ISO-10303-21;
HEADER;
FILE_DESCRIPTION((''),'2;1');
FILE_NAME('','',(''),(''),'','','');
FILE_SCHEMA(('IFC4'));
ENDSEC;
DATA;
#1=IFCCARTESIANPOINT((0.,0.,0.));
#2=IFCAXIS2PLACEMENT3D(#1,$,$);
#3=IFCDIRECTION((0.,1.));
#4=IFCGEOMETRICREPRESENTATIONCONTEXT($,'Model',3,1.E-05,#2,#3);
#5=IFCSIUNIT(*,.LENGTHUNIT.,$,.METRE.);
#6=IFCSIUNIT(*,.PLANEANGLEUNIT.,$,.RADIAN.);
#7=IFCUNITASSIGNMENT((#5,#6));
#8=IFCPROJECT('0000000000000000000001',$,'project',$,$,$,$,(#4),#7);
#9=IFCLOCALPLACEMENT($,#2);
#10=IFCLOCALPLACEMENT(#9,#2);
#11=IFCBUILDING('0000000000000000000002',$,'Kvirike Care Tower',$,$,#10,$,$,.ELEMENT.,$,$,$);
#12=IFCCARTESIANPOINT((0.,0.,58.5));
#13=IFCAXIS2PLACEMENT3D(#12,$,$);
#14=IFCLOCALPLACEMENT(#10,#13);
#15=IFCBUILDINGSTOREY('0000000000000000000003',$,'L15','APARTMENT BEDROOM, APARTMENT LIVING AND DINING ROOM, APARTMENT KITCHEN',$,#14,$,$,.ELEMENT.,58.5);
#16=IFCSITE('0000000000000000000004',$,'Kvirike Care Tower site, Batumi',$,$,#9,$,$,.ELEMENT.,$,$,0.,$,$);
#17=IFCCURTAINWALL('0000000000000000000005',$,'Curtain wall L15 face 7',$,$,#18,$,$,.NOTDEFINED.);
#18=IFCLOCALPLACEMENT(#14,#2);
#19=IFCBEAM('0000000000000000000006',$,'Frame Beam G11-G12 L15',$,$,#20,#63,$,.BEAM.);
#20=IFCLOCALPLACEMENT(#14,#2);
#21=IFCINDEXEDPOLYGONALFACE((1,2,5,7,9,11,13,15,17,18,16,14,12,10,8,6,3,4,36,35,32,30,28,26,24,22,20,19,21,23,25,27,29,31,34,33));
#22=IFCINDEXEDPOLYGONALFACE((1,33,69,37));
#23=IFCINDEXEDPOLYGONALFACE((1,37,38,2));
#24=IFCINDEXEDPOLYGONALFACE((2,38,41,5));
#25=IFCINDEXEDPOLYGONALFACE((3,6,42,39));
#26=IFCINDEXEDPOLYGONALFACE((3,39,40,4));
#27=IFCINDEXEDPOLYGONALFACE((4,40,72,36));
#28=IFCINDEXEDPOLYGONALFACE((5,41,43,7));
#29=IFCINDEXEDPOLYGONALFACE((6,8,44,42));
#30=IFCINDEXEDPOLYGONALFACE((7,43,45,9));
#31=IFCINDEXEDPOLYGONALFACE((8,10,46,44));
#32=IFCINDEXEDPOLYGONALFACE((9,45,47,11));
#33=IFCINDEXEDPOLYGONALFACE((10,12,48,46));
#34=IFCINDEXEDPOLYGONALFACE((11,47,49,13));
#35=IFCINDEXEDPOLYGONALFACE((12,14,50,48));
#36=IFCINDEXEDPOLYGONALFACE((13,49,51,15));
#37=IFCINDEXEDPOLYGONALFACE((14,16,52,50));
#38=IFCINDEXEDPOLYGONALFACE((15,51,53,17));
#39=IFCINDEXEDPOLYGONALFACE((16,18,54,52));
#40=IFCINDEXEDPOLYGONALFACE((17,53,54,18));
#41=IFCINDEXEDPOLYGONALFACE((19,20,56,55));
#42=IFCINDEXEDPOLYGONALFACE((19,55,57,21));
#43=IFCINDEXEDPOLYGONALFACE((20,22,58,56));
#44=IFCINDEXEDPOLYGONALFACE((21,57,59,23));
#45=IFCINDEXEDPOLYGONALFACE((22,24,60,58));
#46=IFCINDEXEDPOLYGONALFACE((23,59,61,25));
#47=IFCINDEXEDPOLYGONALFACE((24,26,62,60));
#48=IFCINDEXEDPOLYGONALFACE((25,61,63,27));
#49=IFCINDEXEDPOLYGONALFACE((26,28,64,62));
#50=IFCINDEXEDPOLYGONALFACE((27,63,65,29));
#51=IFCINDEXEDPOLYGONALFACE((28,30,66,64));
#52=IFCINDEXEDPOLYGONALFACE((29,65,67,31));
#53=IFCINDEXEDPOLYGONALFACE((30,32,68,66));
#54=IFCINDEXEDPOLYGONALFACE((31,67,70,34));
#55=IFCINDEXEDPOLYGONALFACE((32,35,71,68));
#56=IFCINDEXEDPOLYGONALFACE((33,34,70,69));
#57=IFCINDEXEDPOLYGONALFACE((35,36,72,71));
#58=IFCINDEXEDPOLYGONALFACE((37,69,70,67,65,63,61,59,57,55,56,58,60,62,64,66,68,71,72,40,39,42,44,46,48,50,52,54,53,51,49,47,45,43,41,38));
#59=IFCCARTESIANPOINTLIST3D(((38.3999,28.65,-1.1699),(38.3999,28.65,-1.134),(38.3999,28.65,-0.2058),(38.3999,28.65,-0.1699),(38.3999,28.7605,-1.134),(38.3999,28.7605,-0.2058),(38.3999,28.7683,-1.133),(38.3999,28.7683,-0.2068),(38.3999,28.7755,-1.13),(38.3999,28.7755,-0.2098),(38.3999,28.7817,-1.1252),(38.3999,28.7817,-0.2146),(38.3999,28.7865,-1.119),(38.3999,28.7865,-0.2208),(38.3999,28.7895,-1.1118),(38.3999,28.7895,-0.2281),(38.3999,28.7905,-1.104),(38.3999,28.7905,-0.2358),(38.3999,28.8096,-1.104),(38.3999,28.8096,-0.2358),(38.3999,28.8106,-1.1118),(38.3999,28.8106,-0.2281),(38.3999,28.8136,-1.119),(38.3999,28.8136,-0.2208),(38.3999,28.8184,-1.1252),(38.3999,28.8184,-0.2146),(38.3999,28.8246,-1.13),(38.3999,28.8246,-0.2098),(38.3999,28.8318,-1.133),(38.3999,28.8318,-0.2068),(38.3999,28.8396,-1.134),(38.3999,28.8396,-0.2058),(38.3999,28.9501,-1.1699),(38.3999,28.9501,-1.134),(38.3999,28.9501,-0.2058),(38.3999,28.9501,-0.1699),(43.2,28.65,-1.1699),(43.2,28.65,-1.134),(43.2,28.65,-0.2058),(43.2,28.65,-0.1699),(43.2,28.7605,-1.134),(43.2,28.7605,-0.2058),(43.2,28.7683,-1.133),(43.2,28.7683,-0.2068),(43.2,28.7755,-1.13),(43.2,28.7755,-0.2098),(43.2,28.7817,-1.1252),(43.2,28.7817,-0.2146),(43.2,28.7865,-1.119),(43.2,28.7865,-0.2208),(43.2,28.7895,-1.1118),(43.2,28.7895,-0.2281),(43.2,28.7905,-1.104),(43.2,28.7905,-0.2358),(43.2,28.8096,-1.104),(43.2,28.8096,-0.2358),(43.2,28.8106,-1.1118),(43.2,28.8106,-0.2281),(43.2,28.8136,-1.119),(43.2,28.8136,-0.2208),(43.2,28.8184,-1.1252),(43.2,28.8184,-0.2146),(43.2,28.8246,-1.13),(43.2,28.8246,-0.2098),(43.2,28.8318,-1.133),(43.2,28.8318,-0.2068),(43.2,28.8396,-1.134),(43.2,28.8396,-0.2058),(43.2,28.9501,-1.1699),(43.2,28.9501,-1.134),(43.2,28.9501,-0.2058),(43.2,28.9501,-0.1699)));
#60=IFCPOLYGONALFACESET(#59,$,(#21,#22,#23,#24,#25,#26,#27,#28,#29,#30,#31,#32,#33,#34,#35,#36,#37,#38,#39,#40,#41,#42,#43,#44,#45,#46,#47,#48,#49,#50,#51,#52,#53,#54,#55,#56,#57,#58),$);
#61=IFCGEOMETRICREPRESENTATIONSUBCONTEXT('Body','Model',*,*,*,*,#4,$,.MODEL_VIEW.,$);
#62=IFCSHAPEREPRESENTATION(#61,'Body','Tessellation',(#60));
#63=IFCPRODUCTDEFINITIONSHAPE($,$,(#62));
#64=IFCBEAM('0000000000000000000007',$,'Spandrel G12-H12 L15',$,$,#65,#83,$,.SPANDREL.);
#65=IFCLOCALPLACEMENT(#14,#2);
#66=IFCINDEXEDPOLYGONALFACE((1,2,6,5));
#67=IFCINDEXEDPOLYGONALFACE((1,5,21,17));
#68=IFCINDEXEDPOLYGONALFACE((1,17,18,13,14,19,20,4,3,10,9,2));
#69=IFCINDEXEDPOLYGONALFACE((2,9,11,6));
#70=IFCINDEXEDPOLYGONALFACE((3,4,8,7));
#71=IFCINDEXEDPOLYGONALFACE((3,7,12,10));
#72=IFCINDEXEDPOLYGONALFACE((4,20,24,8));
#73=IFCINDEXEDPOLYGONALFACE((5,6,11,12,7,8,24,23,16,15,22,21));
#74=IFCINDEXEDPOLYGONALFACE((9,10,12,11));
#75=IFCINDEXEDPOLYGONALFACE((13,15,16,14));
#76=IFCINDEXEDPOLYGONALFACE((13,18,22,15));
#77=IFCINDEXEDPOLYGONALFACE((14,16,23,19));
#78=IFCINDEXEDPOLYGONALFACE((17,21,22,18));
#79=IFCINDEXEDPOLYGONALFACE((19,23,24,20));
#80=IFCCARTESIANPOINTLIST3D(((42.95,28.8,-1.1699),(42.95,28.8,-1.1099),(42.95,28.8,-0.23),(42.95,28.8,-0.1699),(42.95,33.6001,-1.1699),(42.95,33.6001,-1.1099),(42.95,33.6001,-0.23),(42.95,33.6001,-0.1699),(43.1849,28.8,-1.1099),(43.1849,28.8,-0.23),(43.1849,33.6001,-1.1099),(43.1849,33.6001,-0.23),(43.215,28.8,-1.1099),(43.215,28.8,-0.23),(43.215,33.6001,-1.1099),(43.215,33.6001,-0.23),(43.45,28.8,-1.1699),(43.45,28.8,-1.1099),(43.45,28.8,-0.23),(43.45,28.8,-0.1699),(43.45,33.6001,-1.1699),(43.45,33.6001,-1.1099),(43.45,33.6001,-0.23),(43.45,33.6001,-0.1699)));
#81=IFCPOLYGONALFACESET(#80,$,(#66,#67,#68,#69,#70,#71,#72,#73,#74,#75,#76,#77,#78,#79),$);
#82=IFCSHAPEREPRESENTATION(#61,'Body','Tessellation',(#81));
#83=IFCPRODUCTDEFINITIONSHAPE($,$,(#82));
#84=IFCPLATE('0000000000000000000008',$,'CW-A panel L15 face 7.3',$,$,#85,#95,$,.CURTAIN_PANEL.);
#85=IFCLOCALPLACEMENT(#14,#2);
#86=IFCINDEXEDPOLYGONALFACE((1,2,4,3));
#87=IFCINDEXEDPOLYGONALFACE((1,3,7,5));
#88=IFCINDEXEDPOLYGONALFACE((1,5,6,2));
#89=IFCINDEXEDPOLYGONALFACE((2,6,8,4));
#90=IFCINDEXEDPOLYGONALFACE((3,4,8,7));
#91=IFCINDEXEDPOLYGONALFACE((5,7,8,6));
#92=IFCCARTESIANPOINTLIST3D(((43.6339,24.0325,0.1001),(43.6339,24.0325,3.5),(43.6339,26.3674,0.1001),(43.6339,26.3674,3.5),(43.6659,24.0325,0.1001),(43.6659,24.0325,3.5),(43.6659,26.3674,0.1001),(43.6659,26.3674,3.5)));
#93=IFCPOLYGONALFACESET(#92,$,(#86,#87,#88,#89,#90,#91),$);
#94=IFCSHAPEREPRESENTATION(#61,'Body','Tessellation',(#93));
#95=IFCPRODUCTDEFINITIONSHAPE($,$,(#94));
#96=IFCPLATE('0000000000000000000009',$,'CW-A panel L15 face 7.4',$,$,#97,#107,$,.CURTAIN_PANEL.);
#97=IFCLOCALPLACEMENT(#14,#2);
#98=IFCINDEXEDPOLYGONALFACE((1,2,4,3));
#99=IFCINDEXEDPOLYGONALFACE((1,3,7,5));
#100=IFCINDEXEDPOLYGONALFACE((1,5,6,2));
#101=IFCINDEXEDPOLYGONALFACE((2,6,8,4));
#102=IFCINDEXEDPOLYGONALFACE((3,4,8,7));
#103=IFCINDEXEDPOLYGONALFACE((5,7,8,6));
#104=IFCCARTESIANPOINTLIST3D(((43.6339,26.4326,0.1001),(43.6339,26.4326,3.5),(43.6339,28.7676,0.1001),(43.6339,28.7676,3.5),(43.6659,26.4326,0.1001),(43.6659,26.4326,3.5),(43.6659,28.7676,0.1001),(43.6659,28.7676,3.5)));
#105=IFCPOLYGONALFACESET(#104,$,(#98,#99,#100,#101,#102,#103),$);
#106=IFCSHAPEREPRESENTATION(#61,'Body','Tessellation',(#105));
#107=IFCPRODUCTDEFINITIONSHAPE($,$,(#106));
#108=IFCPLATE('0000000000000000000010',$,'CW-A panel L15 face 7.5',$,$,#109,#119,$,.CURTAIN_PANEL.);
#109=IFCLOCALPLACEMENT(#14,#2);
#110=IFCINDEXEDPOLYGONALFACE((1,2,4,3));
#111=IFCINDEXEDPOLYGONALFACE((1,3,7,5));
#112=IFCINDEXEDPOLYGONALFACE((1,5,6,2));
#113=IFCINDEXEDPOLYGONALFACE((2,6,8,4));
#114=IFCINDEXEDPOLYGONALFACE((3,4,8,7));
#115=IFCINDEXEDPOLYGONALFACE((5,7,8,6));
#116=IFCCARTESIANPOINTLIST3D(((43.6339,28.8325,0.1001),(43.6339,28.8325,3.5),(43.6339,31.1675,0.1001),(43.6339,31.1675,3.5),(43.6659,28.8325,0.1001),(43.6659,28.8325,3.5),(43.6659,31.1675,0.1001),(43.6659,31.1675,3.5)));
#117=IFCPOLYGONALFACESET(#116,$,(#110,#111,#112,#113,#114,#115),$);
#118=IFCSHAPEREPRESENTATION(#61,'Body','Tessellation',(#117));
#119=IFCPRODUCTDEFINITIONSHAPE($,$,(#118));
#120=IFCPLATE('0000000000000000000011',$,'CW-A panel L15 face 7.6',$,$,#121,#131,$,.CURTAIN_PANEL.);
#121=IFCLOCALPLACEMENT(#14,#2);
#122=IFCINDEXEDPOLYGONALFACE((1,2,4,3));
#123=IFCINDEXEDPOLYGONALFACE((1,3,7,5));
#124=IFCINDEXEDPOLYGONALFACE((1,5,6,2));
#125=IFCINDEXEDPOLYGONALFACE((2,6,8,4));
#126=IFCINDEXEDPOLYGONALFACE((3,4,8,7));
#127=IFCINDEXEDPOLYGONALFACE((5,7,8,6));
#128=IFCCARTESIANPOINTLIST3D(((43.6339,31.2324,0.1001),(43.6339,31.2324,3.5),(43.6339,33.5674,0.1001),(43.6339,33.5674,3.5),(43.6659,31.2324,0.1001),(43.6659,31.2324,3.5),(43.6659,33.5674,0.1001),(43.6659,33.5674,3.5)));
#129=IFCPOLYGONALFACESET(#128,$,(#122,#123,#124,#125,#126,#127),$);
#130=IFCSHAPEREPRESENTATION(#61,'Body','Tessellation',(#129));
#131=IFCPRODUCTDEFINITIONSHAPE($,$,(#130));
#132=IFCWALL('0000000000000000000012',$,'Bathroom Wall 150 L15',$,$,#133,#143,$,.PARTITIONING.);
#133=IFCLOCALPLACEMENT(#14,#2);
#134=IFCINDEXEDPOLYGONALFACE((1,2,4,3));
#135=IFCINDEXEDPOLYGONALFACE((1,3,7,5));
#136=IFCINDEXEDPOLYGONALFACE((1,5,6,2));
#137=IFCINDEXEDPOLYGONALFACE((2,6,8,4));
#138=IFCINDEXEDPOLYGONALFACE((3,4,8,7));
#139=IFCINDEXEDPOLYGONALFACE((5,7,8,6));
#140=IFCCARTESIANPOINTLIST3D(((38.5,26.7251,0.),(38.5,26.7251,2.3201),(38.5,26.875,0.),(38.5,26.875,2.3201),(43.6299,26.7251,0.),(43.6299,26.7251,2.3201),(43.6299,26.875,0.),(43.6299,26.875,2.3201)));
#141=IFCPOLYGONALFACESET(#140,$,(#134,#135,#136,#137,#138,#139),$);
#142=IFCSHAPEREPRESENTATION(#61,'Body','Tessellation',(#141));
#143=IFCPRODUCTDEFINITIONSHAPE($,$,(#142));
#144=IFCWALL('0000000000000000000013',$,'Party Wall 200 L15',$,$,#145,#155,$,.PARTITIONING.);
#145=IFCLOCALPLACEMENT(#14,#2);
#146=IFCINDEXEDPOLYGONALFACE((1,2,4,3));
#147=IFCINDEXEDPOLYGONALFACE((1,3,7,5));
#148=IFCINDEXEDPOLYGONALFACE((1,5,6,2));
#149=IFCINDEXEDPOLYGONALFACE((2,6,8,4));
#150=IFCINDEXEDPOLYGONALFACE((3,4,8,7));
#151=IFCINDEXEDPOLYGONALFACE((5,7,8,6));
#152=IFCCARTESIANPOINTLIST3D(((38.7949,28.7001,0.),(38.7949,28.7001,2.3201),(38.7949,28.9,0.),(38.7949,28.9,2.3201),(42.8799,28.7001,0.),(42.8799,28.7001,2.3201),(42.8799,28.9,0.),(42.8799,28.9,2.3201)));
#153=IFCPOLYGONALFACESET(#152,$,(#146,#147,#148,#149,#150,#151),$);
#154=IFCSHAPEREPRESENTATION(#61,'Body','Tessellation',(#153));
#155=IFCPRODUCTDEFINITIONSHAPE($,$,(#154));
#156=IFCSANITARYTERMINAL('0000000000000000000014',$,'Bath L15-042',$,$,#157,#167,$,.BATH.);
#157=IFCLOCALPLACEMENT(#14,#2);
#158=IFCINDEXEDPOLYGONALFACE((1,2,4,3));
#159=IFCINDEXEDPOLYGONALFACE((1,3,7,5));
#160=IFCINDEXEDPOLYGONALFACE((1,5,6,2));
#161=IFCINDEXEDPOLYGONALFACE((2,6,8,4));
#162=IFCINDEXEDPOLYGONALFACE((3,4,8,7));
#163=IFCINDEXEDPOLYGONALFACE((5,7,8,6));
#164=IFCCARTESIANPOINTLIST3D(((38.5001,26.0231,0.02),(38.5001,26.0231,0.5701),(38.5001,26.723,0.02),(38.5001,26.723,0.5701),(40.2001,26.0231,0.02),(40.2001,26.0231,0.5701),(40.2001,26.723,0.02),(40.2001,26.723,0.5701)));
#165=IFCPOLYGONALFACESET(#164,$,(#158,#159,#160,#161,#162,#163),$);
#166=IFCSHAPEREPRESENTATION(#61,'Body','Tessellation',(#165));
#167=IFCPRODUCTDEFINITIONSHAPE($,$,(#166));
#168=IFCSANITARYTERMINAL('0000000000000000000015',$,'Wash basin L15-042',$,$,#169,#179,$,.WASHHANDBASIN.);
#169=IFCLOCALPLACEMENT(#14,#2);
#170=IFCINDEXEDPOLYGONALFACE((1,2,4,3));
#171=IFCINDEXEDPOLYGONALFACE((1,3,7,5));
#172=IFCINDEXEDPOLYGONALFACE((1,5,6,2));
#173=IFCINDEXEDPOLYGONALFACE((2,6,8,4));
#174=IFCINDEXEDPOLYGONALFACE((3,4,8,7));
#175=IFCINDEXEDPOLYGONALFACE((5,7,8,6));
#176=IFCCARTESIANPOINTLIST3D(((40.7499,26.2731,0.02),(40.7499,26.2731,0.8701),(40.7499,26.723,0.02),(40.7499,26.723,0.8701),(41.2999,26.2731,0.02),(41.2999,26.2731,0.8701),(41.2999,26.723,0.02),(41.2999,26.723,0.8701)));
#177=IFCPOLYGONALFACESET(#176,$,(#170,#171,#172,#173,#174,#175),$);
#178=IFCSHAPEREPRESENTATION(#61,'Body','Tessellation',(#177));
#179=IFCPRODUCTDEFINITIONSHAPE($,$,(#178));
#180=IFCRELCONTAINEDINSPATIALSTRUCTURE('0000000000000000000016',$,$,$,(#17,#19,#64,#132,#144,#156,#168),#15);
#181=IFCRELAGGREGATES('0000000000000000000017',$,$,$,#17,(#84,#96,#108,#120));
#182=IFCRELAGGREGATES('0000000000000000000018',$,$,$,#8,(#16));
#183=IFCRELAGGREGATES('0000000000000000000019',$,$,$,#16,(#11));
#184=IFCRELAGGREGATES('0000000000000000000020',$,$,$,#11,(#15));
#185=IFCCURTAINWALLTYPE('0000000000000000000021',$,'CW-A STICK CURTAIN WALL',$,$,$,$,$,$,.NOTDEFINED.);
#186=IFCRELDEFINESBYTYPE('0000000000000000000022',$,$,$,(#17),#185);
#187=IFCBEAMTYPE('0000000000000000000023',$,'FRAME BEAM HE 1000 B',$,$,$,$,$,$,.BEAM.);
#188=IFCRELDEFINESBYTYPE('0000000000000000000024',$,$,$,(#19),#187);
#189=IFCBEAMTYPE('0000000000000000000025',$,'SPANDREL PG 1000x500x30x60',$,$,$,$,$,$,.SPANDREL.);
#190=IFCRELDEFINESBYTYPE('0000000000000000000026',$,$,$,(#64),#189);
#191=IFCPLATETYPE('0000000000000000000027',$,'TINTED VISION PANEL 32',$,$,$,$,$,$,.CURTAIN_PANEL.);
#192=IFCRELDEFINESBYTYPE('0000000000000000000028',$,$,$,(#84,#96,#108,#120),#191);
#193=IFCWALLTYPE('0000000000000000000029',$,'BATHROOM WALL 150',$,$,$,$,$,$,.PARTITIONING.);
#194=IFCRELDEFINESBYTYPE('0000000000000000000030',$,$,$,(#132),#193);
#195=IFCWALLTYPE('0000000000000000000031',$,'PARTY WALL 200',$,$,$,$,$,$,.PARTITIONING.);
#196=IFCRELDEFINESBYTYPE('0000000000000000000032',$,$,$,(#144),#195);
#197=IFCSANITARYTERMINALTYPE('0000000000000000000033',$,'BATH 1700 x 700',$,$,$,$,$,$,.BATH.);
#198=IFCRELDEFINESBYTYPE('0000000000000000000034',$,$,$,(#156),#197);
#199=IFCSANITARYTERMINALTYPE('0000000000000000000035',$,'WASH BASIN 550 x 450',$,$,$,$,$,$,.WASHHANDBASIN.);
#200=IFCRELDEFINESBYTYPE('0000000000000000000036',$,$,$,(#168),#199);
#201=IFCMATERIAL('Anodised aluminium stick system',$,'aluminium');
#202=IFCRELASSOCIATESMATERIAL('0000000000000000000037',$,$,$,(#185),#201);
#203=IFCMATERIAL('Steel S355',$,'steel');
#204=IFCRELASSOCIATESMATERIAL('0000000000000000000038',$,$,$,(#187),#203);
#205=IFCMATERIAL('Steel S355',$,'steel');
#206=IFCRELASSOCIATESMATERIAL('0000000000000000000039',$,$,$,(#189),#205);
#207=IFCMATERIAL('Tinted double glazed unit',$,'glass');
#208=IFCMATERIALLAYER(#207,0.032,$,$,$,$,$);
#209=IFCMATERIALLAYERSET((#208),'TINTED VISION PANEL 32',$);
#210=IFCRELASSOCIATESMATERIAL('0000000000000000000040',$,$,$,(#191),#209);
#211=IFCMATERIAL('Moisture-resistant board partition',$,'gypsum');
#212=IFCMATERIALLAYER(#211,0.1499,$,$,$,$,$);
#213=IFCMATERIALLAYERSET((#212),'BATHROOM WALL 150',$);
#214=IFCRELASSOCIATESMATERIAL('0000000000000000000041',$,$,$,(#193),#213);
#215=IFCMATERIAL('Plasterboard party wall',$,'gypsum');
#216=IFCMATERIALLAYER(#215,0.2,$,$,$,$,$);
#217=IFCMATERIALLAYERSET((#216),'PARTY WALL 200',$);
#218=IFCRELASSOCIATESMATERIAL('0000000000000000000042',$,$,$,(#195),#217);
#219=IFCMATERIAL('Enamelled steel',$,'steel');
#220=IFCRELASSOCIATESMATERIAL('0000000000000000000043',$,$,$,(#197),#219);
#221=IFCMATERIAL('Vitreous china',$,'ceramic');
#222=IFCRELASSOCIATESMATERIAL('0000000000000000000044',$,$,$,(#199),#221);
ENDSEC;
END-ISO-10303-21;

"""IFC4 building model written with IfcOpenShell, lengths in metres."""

from ifc_helpers import new_model, si_unit, direction, frame, frame_2d, origin, origin_2d, place, context, subcontext, project, spatial, rectangle, i_section, extrude, material, layer, layer_set, material_profile, profile_set, type_object, element, aggregate, save


model = new_model("IFC4")

# Units and contexts
model_context = context("Model", 3, precision=1e-05, world=origin(), true_north=direction((0.0, 1.0)))
body_context = subcontext(model_context, "Body", "Model", "MODEL_VIEW")
ifc_project = project(units=[si_unit("LENGTHUNIT", "METRE"), si_unit("PLANEANGLEUNIT", "RADIAN")], contexts=[model_context])

# Site, building, storey
site_placement = place(None, origin())
site = spatial("IfcSite", under=ifc_project, at=site_placement, Name="Kvirike Care Tower site, Batumi", CompositionType="ELEMENT", RefElevation=0.0)
building_placement = place(site_placement, origin())
building = spatial("IfcBuilding", under=site, at=building_placement, Name="Kvirike Care Tower", CompositionType="ELEMENT")
storey_placement = place(building_placement, frame((0.0, 0.0, 58.5)))
storey = spatial("IfcBuildingStorey", under=building, at=storey_placement, Name="L15", Description="APARTMENT BEDROOM, APARTMENT LIVING AND DINING ROOM, APARTMENT KITCHEN", CompositionType="ELEMENT", Elevation=58.5)

# Curtain wall
ifc_material_1 = material(Name="Anodised aluminium stick system", Category="aluminium")
curtain_wall_type = type_object("IfcCurtainWallType", Name="CW-A STICK CURTAIN WALL", PredefinedType="NOTDEFINED", material=ifc_material_1)
curtain_wall_placement = place(storey_placement, origin())
curtain_wall = element("IfcCurtainWall", 1, at=curtain_wall_placement, inside=storey, type_object=curtain_wall_type, Name="Curtain wall L15 face 7", PredefinedType="NOTDEFINED")

# Beams
ifc_material_2 = material(Name="Steel S355", Category="steel")
ifc_material_profile_1 = material_profile(ifc_material_2, i_section(OverallWidth=0.3, OverallDepth=1.0, WebThickness=0.019, FlangeThickness=0.0359, FilletRadius=0.03, at=origin_2d()), Name="HE 1000 B")
ifc_profile_set_1 = profile_set([ifc_material_profile_1], Name="Steel S355")
beam_type_1 = type_object("IfcBeamType", Name="FRAME BEAM HE 1000 B", PredefinedType="BEAM", material=ifc_profile_set_1)
beam_1_placement = place(storey_placement, frame((38.3999, 28.8, -0.6699), z_axis=(1.0, 0.0, 0.0), x_axis=(0.0, 1.0, 0.0)))
element("IfcBeam", 2, at=beam_1_placement, inside=storey, type_object=beam_type_1, Name="Frame Beam G11-G12 L15", PredefinedType="BEAM", context=body_context, shape_type="SweptSolid", body=[
    extrude(i_section(OverallWidth=0.3, OverallDepth=1.0, WebThickness=0.019, FlangeThickness=0.0359, FilletRadius=0.03, at=origin_2d()), origin(), (0.0, 0.0, 1.0), 4.8),
])
ifc_material_3 = material(Name="Steel S355", Category="steel")
ifc_material_profile_2 = material_profile(ifc_material_3, i_section(OverallWidth=0.5, OverallDepth=1.0, WebThickness=0.03, FlangeThickness=0.0601, at=origin_2d()), Name="PG 1000x500x30x60")
ifc_profile_set_2 = profile_set([ifc_material_profile_2], Name="Steel S355")
beam_type_2 = type_object("IfcBeamType", Name="SPANDREL PG 1000x500x30x60", PredefinedType="SPANDREL", material=ifc_profile_set_2)
beam_2_placement = place(storey_placement, frame((43.2, 28.8, -0.6699), z_axis=(0.0, 1.0, 0.0), x_axis=(-1.0, 0.0, 0.0)))
element("IfcBeam", 3, at=beam_2_placement, inside=storey, type_object=beam_type_2, Name="Spandrel G12-H12 L15", PredefinedType="SPANDREL", context=body_context, shape_type="SweptSolid", body=[
    extrude(i_section(OverallWidth=0.5, OverallDepth=1.0, WebThickness=0.03, FlangeThickness=0.0601, at=origin_2d()), origin(), (0.0, 0.0, 1.0), 4.8),
])

# Plates
ifc_material_4 = material(Name="Tinted double glazed unit", Category="glass")
ifc_layer_1 = layer(ifc_material_4, 0.032)
ifc_layer_set_1 = layer_set([ifc_layer_1], Name="TINTED VISION PANEL 32")
plate_type = type_object("IfcPlateType", Name="TINTED VISION PANEL 32", PredefinedType="CURTAIN_PANEL", material=ifc_layer_set_1)
plate_1_placement = place(storey_placement, frame((43.6499, 25.2, 0.1001), z_axis=(0.0, 0.0, 1.0), x_axis=(0.0, 1.0, 0.0)))
plate_1 = element("IfcPlate", 4, at=plate_1_placement, type_object=plate_type, Name="CW-A panel L15 face 7.3", PredefinedType="CURTAIN_PANEL", context=body_context, shape_type="SweptSolid", body=[
    extrude(rectangle(XDim=2.335, YDim=0.032, at=origin_2d()), origin(), (0.0, 0.0, 1.0), 3.3999),
])
plate_2_placement = place(storey_placement, frame((43.6499, 27.6001, 0.1001), z_axis=(0.0, 0.0, 1.0), x_axis=(0.0, 1.0, 0.0)))
plate_2 = element("IfcPlate", 5, at=plate_2_placement, type_object=plate_type, Name="CW-A panel L15 face 7.4", PredefinedType="CURTAIN_PANEL", context=body_context, shape_type="SweptSolid", body=[
    extrude(rectangle(XDim=2.335, YDim=0.032, at=origin_2d()), origin(), (0.0, 0.0, 1.0), 3.3999),
])
plate_3_placement = place(storey_placement, frame((43.6499, 30.0, 0.1001), z_axis=(0.0, 0.0, 1.0), x_axis=(0.0, 1.0, 0.0)))
plate_3 = element("IfcPlate", 6, at=plate_3_placement, type_object=plate_type, Name="CW-A panel L15 face 7.5", PredefinedType="CURTAIN_PANEL", context=body_context, shape_type="SweptSolid", body=[
    extrude(rectangle(XDim=2.335, YDim=0.032, at=origin_2d()), origin(), (0.0, 0.0, 1.0), 3.3999),
])
plate_4_placement = place(storey_placement, frame((43.6499, 32.3999, 0.1001), z_axis=(0.0, 0.0, 1.0), x_axis=(0.0, 1.0, 0.0)))
plate_4 = element("IfcPlate", 7, at=plate_4_placement, type_object=plate_type, Name="CW-A panel L15 face 7.6", PredefinedType="CURTAIN_PANEL", context=body_context, shape_type="SweptSolid", body=[
    extrude(rectangle(XDim=2.335, YDim=0.032, at=origin_2d()), origin(), (0.0, 0.0, 1.0), 3.3999),
])
aggregate(curtain_wall, [plate_1, plate_2, plate_3, plate_4])

# Walls
ifc_material_5 = material(Name="Moisture-resistant board partition", Category="gypsum")
ifc_layer_2 = layer(ifc_material_5, 0.1499)
ifc_layer_set_2 = layer_set([ifc_layer_2], Name="BATHROOM WALL 150")
wall_type_1 = type_object("IfcWallType", Name="BATHROOM WALL 150", PredefinedType="PARTITIONING", material=ifc_layer_set_2)
wall_1_placement = place(storey_placement, frame((38.5, 26.8, 0.0), z_axis=(0.0, 0.0, 1.0), x_axis=(1.0, 0.0, 0.0)))
element("IfcWall", 8, at=wall_1_placement, inside=storey, type_object=wall_type_1, Name="Bathroom Wall 150 L15", PredefinedType="PARTITIONING", context=body_context, shape_type="SweptSolid", body=[
    extrude(rectangle(XDim=5.1299, YDim=0.1499, at=frame_2d((2.5649, 0.0))), origin(), (0.0, 0.0, 1.0), 2.3201),
])
ifc_material_6 = material(Name="Plasterboard party wall", Category="gypsum")
ifc_layer_3 = layer(ifc_material_6, 0.2)
ifc_layer_set_3 = layer_set([ifc_layer_3], Name="PARTY WALL 200")
wall_type_2 = type_object("IfcWallType", Name="PARTY WALL 200", PredefinedType="PARTITIONING", material=ifc_layer_set_3)
wall_2_placement = place(storey_placement, frame((42.8799, 28.8, 0.0), z_axis=(0.0, 0.0, 1.0), x_axis=(-1.0, 0.0, 0.0)))
element("IfcWall", 9, at=wall_2_placement, inside=storey, type_object=wall_type_2, Name="Party Wall 200 L15", PredefinedType="PARTITIONING", context=body_context, shape_type="SweptSolid", body=[
    extrude(rectangle(XDim=4.085, YDim=0.2, at=frame_2d((2.0425, 0.0))), origin(), (0.0, 0.0, 1.0), 2.3201),
])

# Sanitary terminals
ifc_material_7 = material(Name="Enamelled steel", Category="steel")
sanitary_terminal_type_1 = type_object("IfcSanitaryTerminalType", Name="BATH 1700 x 700", PredefinedType="BATH", material=ifc_material_7)
sanitary_terminal_1_placement = place(storey_placement, frame((39.3501, 26.373, 0.02), z_axis=(0.0, 0.0, 1.0), x_axis=(1.0, 0.0, 0.0)))
element("IfcSanitaryTerminal", 10, at=sanitary_terminal_1_placement, inside=storey, type_object=sanitary_terminal_type_1, Name="Bath L15-042", PredefinedType="BATH", context=body_context, shape_type="SweptSolid", body=[
    extrude(rectangle(XDim=1.7, YDim=0.7, at=origin_2d()), origin(), (0.0, 0.0, 1.0), 0.55),
])
ifc_material_8 = material(Name="Vitreous china", Category="ceramic")
sanitary_terminal_type_2 = type_object("IfcSanitaryTerminalType", Name="WASH BASIN 550 x 450", PredefinedType="WASHHANDBASIN", material=ifc_material_8)
sanitary_terminal_2_placement = place(storey_placement, frame((41.0249, 26.498, 0.02), z_axis=(0.0, 0.0, 1.0), x_axis=(1.0, 0.0, 0.0)))
element("IfcSanitaryTerminal", 11, at=sanitary_terminal_2_placement, inside=storey, type_object=sanitary_terminal_type_2, Name="Wash basin L15-042", PredefinedType="WASHHANDBASIN", context=body_context, shape_type="SweptSolid", body=[
    extrude(rectangle(XDim=0.55, YDim=0.45, at=origin_2d()), origin(), (0.0, 0.0, 1.0), 0.8501),
])

save(model, "model.ifc")
